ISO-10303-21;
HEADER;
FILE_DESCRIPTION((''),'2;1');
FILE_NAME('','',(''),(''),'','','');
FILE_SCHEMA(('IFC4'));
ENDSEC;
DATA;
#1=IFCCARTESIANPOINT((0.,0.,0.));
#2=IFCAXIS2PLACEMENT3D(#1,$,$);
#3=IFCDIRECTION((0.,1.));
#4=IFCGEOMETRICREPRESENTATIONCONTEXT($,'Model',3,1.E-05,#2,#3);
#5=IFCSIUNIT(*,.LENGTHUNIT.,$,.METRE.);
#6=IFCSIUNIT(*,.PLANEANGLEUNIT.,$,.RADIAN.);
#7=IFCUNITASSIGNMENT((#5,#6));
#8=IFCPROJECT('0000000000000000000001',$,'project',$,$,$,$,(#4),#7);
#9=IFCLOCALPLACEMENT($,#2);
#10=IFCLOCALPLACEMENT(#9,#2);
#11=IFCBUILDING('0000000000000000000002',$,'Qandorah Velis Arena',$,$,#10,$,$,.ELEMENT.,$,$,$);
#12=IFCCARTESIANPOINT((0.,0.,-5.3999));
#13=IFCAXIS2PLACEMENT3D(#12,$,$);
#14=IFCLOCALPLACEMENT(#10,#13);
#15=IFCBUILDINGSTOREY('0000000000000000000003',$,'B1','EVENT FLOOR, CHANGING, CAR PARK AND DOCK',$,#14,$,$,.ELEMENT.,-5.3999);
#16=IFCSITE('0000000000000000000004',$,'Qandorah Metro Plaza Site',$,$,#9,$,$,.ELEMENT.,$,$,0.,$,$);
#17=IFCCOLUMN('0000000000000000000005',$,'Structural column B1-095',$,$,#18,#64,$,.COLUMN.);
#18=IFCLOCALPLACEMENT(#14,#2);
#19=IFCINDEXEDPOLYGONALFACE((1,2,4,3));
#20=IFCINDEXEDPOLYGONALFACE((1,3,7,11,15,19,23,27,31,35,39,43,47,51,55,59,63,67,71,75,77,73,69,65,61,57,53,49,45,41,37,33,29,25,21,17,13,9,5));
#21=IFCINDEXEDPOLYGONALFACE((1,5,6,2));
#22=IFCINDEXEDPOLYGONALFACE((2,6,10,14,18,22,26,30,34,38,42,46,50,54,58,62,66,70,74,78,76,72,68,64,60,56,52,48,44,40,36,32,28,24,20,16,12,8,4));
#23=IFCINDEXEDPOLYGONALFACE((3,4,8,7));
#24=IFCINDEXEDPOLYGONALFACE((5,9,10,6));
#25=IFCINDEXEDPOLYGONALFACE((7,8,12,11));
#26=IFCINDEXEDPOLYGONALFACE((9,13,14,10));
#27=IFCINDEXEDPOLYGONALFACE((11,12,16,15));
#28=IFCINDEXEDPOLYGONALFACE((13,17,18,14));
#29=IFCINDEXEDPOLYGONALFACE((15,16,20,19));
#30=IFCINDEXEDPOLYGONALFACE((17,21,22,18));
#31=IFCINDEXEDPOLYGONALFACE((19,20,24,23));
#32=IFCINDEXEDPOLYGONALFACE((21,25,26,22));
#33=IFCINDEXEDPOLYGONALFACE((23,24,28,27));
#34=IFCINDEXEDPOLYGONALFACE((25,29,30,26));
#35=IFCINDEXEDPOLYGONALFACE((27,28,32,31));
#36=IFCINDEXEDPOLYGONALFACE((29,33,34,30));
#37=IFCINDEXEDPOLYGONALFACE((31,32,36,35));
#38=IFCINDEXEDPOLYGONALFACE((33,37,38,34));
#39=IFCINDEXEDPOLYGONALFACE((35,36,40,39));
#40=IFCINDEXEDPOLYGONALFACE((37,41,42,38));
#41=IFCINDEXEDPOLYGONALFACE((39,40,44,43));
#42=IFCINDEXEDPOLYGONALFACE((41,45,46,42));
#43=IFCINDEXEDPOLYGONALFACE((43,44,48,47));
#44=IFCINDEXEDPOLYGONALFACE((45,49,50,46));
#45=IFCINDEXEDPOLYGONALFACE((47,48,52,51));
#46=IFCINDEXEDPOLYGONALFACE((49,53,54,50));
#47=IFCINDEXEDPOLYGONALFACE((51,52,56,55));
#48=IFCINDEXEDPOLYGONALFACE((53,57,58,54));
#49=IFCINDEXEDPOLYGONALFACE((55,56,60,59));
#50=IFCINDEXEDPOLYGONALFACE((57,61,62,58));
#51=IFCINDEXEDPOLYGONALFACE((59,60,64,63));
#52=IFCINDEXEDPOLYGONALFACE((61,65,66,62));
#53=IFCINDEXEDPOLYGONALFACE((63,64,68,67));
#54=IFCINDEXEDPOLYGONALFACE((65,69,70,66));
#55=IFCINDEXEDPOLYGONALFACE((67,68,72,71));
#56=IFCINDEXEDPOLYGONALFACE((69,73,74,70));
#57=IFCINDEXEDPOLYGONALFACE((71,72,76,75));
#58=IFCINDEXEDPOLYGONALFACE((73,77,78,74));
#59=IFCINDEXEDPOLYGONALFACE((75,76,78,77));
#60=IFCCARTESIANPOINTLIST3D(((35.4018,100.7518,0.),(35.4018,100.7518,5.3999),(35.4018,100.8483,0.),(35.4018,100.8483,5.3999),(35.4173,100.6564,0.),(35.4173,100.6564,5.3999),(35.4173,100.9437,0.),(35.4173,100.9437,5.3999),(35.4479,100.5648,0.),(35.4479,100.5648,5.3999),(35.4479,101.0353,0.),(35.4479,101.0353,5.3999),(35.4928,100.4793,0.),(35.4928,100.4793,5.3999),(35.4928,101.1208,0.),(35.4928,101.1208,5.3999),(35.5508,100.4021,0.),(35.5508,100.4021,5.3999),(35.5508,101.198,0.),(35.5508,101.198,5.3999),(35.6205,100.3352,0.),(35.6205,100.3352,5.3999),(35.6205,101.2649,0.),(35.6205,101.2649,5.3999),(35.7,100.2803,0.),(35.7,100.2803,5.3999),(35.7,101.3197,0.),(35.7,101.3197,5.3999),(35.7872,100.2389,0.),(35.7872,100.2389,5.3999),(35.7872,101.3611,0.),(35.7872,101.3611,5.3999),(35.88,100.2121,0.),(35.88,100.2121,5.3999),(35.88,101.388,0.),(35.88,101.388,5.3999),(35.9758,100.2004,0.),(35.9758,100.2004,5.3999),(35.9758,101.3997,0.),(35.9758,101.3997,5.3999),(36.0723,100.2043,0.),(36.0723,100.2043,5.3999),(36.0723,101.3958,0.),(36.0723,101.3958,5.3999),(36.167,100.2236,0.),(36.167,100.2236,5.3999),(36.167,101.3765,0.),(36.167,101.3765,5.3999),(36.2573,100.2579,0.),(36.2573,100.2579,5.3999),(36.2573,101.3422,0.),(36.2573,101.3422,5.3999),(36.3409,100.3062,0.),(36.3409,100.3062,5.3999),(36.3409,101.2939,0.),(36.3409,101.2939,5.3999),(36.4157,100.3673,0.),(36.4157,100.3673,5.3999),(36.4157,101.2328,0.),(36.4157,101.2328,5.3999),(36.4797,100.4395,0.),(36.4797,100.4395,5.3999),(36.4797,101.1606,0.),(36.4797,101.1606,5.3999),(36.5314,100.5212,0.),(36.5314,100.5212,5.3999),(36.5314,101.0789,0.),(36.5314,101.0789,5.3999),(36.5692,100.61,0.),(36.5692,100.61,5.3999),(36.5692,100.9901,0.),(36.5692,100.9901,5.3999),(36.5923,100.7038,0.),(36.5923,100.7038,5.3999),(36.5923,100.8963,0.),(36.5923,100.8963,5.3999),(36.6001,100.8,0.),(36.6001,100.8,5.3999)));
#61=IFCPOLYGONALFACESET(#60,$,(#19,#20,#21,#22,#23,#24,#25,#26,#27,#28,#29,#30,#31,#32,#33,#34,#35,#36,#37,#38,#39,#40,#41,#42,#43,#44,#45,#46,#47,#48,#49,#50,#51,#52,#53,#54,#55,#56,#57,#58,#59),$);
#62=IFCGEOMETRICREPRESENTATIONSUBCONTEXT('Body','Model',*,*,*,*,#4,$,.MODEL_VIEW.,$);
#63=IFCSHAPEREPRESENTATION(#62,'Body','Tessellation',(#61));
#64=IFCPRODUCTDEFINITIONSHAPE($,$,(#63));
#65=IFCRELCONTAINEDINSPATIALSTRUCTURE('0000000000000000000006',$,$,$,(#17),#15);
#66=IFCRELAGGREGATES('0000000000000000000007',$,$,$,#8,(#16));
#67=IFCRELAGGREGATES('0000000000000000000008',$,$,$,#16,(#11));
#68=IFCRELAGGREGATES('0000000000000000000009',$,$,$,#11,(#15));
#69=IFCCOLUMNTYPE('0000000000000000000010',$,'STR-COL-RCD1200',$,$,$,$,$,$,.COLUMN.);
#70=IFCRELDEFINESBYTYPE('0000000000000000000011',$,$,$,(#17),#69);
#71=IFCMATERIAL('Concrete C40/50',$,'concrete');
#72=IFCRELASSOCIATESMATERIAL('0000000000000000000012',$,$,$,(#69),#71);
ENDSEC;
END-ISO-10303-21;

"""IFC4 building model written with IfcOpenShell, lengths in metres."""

from ifc_helpers import new_model, si_unit, direction, frame, origin, origin_2d, place, context, subcontext, project, spatial, circle, extrude, material, material_profile, profile_set, type_object, element, save


model = new_model("IFC4")

# Units and contexts
model_context = context("Model", 3, precision=1e-05, world=origin(), true_north=direction((0.0, 1.0)))
body_context = subcontext(model_context, "Body", "Model", "MODEL_VIEW")
ifc_project = project(units=[si_unit("LENGTHUNIT", "METRE"), si_unit("PLANEANGLEUNIT", "RADIAN")], contexts=[model_context])

# Site, building, storey
site_placement = place(None, origin())
site = spatial("IfcSite", under=ifc_project, at=site_placement, Name="Qandorah Metro Plaza Site", CompositionType="ELEMENT", RefElevation=0.0)
building_placement = place(site_placement, origin())
building = spatial("IfcBuilding", under=site, at=building_placement, Name="Qandorah Velis Arena", CompositionType="ELEMENT")
storey_placement = place(building_placement, frame((0.0, 0.0, -5.3999)))
storey = spatial("IfcBuildingStorey", under=building, at=storey_placement, Name="B1", Description="EVENT FLOOR, CHANGING, CAR PARK AND DOCK", CompositionType="ELEMENT", Elevation=-5.3999)

# Shared definitions
ifc_material = material(Name="Concrete C40/50", Category="concrete")

# Column
ifc_material_profile_1 = material_profile(ifc_material, circle(Radius=0.6001, at=origin_2d()), Name="RC D1200")
ifc_profile_set_1 = profile_set([ifc_material_profile_1], Name="Concrete C40/50")
column_type_1 = type_object("IfcColumnType", Name="STR-COL-RCD1200", PredefinedType="COLUMN", material=ifc_profile_set_1)
for number, where, z_axis, x_axis, name in (
    (1, (36.0, 100.8, 0.0), (0.0, 0.0, 1.0), (1.0, 0.0, 0.0), "Structural column B1-095"),
):
    element("IfcColumn", number, at=place(storey_placement, frame(where, z_axis=z_axis, x_axis=x_axis)), inside=storey, type_object=column_type_1, Name=name, PredefinedType="COLUMN", context=body_context, shape_type="SweptSolid", body=[
        extrude(circle(Radius=0.6001, at=origin_2d()), origin(), (0.0, 0.0, 1.0), 5.3999),
    ])

save(model, "model.ifc")
